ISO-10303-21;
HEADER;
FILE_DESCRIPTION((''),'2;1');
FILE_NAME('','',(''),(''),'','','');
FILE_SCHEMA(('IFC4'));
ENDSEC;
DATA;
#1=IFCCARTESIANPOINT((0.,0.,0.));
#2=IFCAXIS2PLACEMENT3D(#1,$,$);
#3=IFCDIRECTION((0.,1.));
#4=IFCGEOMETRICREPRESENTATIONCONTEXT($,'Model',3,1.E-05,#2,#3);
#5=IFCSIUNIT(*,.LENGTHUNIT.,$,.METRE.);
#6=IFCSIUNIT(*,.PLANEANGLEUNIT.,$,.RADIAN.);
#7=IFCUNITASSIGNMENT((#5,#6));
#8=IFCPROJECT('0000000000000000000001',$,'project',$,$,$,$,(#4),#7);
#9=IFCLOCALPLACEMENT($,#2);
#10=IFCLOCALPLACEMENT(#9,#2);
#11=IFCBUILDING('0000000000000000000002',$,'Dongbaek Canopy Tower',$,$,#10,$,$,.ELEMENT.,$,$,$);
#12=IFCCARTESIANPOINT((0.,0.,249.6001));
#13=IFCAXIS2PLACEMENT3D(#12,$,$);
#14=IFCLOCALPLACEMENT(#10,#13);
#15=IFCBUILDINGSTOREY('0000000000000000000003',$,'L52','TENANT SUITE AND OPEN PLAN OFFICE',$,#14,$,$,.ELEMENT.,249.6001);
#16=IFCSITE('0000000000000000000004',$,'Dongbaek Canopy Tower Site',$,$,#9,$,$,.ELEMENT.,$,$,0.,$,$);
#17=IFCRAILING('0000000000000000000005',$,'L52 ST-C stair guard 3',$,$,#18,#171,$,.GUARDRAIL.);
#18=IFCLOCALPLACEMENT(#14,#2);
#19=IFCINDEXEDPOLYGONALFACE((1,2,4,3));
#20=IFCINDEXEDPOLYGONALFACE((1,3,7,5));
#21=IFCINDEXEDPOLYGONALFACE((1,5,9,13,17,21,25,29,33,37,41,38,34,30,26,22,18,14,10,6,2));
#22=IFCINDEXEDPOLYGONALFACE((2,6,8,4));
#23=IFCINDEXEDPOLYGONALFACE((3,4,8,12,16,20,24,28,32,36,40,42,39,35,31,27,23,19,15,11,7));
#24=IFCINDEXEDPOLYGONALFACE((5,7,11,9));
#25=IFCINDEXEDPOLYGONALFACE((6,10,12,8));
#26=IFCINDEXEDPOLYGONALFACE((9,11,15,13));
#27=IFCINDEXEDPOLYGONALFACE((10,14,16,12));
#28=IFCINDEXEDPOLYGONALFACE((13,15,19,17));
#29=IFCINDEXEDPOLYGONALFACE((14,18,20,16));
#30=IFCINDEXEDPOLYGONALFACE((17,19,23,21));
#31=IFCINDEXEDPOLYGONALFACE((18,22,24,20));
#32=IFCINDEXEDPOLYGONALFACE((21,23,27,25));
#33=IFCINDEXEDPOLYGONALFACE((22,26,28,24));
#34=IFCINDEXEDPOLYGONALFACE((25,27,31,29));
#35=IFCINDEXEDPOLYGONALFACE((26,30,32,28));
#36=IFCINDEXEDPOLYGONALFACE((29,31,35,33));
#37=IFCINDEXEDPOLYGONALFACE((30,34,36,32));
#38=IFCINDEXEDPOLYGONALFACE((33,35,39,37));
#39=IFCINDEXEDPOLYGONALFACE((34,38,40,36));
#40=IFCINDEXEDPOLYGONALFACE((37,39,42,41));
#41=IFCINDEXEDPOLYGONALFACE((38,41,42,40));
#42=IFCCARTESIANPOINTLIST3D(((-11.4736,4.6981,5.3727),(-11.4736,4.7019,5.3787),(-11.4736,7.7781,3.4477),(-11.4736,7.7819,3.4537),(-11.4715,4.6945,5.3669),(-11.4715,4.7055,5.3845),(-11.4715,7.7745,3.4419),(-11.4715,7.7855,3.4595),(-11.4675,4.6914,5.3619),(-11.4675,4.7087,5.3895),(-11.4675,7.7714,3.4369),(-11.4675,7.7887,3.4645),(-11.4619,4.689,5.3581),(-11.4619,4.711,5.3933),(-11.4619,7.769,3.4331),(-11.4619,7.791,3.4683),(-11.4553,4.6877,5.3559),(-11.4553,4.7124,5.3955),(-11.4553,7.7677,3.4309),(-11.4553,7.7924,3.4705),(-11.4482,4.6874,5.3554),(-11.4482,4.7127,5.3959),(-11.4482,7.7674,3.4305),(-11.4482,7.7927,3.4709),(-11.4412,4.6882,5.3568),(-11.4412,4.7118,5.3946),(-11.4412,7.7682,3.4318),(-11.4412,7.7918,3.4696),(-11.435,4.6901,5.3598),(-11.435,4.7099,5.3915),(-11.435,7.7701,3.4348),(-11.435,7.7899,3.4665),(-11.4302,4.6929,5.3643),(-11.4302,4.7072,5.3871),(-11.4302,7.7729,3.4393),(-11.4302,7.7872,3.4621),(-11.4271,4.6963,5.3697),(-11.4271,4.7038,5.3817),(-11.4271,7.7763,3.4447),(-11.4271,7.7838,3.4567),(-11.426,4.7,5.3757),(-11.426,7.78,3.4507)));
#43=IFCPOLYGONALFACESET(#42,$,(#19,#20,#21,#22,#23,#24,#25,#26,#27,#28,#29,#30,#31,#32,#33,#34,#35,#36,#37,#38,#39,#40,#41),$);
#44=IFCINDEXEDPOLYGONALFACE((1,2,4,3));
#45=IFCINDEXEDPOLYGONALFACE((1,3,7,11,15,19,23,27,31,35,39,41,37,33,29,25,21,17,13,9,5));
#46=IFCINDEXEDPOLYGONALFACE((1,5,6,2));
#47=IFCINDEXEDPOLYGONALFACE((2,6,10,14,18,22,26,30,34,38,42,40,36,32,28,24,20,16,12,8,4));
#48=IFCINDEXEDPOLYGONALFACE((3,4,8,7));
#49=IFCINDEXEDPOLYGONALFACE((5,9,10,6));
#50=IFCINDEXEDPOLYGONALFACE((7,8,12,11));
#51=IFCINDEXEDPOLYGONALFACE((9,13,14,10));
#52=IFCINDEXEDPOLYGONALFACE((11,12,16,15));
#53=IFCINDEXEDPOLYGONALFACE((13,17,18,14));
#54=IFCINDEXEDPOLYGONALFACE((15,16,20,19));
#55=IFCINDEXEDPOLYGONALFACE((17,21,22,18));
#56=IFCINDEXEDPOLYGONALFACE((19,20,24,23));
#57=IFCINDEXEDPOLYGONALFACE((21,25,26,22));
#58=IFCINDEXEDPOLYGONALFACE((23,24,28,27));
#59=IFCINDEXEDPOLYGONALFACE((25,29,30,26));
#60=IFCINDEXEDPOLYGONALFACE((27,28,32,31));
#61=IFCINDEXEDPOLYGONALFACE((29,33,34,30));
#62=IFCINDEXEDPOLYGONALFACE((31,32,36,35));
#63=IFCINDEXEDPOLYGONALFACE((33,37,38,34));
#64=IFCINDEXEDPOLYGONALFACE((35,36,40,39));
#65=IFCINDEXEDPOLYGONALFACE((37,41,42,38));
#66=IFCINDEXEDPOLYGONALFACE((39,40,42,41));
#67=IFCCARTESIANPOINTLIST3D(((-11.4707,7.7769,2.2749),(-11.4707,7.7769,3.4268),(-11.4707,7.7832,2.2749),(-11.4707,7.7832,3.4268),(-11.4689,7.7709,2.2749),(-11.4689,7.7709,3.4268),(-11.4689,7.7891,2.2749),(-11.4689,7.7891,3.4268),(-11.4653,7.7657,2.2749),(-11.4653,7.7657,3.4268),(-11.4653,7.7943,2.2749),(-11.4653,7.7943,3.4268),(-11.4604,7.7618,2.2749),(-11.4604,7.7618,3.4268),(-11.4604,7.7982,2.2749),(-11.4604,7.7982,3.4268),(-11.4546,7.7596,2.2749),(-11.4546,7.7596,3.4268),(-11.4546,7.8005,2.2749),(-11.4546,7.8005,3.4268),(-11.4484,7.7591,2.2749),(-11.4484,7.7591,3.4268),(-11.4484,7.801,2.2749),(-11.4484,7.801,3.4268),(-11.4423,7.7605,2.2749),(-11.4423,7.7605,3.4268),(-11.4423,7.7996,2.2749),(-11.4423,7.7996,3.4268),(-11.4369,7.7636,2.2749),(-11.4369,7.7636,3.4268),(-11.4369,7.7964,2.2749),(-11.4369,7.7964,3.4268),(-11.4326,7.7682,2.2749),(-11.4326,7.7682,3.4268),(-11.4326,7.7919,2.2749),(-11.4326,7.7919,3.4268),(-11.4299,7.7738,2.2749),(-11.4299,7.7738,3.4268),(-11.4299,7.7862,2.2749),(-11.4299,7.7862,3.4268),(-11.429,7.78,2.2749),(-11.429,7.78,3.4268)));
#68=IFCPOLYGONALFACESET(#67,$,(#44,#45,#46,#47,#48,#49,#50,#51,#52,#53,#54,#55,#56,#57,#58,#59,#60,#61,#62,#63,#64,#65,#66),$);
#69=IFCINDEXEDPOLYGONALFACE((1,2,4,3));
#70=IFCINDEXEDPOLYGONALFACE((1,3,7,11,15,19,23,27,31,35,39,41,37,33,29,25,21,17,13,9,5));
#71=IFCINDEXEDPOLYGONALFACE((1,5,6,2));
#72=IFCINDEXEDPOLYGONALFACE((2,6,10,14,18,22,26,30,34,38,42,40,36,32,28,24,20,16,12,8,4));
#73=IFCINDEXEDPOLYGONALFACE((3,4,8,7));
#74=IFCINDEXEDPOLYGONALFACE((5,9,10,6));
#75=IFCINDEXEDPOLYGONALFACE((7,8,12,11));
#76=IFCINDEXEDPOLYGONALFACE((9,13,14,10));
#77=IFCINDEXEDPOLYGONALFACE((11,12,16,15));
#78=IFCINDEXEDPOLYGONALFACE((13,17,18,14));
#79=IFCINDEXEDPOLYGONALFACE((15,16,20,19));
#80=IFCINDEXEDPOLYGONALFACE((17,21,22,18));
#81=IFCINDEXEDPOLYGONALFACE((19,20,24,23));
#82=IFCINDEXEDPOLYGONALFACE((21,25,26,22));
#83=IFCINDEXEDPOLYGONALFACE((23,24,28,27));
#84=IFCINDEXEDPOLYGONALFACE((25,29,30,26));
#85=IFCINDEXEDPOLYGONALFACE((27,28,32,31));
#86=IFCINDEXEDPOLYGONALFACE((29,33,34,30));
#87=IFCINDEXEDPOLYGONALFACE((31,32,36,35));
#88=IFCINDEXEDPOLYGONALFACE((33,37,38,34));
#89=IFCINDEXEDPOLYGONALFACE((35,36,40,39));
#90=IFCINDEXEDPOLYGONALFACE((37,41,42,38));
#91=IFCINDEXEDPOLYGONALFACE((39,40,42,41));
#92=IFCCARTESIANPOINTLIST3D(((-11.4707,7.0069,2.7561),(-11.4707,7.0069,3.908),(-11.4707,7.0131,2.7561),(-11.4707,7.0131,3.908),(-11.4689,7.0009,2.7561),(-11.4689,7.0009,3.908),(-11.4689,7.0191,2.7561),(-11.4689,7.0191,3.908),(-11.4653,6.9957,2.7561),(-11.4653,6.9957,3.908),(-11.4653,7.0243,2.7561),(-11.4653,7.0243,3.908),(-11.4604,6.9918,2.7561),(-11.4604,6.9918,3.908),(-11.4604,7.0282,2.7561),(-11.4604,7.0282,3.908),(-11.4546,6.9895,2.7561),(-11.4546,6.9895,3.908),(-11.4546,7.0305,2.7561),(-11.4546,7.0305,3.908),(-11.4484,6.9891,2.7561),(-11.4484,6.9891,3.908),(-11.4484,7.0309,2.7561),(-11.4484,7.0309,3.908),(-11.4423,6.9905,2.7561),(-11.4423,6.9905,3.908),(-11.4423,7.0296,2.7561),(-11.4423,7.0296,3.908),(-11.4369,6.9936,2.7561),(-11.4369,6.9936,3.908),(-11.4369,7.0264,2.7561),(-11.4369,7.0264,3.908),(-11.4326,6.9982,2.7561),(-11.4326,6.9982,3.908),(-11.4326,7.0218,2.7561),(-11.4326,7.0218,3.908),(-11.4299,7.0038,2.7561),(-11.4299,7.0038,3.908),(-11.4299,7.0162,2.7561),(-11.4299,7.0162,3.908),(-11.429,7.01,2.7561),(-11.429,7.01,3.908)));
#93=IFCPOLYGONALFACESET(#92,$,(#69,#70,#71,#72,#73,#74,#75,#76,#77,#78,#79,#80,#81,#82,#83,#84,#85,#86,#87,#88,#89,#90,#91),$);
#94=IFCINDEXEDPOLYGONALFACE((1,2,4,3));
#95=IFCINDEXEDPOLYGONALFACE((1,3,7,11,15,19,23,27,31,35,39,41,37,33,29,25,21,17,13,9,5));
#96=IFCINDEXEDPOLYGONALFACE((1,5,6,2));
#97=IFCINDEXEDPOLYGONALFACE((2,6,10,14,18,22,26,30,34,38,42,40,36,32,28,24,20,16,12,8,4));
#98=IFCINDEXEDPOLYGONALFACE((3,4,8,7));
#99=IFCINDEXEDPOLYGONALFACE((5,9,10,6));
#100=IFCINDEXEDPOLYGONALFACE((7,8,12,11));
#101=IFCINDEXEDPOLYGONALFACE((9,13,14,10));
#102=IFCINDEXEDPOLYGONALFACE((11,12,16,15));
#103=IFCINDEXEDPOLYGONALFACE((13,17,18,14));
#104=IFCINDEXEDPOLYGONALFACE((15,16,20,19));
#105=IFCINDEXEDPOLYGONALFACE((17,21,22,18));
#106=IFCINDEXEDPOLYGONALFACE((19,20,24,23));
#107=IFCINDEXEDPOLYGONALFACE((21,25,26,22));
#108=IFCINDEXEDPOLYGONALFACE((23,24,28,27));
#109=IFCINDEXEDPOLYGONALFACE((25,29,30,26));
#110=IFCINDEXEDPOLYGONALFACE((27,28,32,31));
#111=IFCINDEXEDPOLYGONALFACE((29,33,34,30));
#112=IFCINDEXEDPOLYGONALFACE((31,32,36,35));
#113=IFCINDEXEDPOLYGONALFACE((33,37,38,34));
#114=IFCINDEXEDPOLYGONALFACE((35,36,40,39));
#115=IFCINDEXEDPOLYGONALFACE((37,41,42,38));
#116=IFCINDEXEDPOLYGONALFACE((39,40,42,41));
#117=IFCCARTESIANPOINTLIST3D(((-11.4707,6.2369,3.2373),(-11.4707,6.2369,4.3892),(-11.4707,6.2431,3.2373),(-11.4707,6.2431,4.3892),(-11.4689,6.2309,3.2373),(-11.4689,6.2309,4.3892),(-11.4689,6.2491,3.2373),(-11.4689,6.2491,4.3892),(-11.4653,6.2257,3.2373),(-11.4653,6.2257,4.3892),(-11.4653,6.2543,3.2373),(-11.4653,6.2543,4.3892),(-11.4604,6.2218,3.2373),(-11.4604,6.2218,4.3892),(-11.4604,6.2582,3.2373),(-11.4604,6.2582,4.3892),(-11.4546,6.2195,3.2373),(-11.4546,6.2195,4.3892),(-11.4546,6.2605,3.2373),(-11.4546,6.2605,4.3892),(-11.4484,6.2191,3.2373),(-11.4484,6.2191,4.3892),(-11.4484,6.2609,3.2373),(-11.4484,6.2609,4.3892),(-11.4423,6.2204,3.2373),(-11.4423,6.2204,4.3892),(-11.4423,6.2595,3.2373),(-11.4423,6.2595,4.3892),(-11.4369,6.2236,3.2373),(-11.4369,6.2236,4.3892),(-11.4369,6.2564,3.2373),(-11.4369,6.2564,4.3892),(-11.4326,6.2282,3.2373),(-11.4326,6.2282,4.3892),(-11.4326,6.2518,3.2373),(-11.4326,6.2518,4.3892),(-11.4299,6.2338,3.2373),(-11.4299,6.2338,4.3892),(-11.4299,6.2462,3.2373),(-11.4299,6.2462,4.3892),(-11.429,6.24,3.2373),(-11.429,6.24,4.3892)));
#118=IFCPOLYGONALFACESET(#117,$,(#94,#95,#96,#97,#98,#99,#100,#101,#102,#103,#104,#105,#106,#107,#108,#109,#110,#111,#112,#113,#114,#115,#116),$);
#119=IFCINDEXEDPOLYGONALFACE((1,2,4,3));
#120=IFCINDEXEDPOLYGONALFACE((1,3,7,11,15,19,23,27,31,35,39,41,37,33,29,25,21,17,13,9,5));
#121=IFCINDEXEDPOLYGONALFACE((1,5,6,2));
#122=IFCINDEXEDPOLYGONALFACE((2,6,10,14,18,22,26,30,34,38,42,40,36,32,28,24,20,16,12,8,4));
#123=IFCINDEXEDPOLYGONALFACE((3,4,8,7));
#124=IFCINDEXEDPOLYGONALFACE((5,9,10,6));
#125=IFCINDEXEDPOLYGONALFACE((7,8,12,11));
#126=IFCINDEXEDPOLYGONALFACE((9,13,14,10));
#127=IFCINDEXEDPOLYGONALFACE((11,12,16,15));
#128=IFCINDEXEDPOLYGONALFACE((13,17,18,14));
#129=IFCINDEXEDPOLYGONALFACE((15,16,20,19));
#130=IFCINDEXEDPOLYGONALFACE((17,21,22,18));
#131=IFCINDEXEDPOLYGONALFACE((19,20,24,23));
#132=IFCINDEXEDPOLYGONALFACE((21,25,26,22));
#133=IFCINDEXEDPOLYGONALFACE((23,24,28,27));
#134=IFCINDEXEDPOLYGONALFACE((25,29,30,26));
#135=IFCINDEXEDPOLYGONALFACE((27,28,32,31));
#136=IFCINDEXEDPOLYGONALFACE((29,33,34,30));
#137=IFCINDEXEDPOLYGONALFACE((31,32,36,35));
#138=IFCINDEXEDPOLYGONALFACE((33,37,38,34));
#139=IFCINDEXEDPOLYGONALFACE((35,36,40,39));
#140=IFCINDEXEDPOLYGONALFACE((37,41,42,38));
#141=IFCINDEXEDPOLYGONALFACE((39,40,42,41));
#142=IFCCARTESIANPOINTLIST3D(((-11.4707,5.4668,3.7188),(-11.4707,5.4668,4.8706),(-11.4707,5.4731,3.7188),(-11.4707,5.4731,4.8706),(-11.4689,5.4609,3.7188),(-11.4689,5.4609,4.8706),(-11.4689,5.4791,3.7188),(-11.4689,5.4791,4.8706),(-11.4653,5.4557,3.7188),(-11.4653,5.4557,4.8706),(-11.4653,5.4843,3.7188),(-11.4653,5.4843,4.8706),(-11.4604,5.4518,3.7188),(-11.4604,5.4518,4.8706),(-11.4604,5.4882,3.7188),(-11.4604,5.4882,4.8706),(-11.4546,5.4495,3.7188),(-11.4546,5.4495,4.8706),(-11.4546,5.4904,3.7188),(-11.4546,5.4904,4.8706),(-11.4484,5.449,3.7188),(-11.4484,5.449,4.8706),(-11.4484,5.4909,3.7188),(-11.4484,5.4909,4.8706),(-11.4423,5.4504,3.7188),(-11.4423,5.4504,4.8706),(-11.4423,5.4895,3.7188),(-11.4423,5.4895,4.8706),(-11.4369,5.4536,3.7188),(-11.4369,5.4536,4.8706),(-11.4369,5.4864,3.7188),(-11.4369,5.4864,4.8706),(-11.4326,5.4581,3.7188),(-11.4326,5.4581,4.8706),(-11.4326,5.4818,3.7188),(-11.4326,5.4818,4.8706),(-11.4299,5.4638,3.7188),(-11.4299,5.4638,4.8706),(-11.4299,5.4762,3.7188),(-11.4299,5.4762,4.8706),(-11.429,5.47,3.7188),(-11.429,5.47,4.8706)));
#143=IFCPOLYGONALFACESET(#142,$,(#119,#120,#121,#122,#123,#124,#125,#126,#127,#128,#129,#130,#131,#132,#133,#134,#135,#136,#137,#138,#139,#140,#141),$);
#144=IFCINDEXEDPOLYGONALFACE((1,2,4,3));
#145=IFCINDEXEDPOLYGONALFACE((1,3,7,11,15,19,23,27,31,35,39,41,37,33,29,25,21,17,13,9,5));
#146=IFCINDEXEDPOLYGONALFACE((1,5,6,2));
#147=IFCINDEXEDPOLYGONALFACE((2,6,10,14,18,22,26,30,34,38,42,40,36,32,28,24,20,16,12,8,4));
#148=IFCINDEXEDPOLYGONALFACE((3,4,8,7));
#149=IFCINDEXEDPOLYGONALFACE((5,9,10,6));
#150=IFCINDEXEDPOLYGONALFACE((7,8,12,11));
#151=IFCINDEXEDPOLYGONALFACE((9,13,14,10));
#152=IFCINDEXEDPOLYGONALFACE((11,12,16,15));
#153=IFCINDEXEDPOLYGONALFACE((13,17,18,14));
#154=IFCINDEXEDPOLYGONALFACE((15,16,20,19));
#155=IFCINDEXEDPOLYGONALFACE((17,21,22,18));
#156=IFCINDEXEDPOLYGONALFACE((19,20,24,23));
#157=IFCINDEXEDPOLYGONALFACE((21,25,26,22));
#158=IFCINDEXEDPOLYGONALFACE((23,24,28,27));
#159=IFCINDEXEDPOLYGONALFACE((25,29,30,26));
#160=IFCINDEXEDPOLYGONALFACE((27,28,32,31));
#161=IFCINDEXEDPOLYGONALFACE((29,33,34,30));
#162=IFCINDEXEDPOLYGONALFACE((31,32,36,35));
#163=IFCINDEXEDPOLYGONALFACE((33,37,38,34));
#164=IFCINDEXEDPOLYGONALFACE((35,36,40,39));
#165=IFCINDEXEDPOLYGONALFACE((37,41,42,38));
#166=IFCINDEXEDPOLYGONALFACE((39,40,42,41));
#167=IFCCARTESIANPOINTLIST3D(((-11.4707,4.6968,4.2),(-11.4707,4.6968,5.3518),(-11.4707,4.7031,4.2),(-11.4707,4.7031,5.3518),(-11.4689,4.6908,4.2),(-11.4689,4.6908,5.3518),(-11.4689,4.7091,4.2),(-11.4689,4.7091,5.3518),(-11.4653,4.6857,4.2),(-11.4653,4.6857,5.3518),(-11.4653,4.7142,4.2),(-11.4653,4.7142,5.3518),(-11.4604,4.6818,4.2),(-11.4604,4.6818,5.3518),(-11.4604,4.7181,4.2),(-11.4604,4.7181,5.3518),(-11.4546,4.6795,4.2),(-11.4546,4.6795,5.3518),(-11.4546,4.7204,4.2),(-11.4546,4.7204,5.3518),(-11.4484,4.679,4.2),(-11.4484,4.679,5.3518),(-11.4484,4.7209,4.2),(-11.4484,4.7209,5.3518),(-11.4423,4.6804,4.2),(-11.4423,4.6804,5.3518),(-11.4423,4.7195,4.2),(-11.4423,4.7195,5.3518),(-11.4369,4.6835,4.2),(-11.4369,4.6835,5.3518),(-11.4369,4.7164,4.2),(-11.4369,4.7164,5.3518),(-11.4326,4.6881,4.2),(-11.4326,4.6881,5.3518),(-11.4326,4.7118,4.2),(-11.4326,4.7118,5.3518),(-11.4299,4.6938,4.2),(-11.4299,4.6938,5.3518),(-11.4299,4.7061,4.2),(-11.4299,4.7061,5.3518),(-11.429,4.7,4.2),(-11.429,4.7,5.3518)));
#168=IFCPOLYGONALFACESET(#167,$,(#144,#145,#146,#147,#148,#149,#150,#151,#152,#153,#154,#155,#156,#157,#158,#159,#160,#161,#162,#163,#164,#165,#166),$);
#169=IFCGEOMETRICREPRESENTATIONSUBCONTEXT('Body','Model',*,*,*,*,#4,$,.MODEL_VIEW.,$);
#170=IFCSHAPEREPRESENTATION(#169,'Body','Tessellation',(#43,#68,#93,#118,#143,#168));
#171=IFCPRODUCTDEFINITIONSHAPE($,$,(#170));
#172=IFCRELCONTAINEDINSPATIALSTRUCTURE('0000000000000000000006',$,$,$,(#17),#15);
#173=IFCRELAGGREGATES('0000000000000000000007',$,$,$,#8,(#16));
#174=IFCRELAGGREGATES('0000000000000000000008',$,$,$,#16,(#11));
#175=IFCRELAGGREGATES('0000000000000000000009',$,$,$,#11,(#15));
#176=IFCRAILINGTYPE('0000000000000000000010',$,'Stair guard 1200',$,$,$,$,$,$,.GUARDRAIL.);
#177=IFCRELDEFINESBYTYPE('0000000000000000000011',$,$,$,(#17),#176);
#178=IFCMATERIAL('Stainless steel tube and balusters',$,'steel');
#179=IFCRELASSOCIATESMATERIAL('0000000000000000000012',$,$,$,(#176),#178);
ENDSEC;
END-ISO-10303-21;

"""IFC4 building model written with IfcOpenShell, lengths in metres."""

from ifc_helpers import new_model, si_unit, direction, frame, origin, origin_2d, place, context, subcontext, project, spatial, circle, extrude, material, type_object, element, save


model = new_model("IFC4")

# Units and contexts
model_context = context("Model", 3, precision=1e-05, world=origin(), true_north=direction((0.0, 1.0)))
body_context = subcontext(model_context, "Body", "Model", "MODEL_VIEW")
ifc_project = project(units=[si_unit("LENGTHUNIT", "METRE"), si_unit("PLANEANGLEUNIT", "RADIAN")], contexts=[model_context])

# Site, building, storey
site_placement = place(None, origin())
site = spatial("IfcSite", under=ifc_project, at=site_placement, Name="Dongbaek Canopy Tower Site", CompositionType="ELEMENT", RefElevation=0.0)
building_placement = place(site_placement, origin())
building = spatial("IfcBuilding", under=site, at=building_placement, Name="Dongbaek Canopy Tower", CompositionType="ELEMENT")
storey_placement = place(building_placement, frame((0.0, 0.0, 249.6001)))
storey = spatial("IfcBuildingStorey", under=building, at=storey_placement, Name="L52", Description="TENANT SUITE AND OPEN PLAN OFFICE", CompositionType="ELEMENT", Elevation=249.6001)

# Railing
ifc_material_1 = material(Name="Stainless steel tube and balusters", Category="steel")
railing_type_1 = type_object("IfcRailingType", Name="Stair guard 1200", PredefinedType="GUARDRAIL", material=ifc_material_1)
railing_1_placement = place(storey_placement, frame((-11.45, 7.78, 2.2749)))
element("IfcRailing", 1, at=railing_1_placement, inside=storey, type_object=railing_type_1, Name="L52 ST-C stair guard 3", PredefinedType="GUARDRAIL", context=body_context, shape_type="SweptSolid", body=[
    extrude(circle(Radius=0.0239, at=origin_2d()), frame((0.0, 0.0, 1.1758), z_axis=(0.0, -0.847998, 0.529999), x_axis=(1.0, 0.0, 0.0)), (0.0, 0.0, 1.0), 3.6321),
    extrude(circle(Radius=0.021, at=origin_2d()), origin(), (0.0, 0.0, 1.0), 1.1519),
    extrude(circle(Radius=0.021, at=origin_2d()), frame((0.0, -0.77, 0.4812)), (0.0, 0.0, 1.0), 1.1519),
    extrude(circle(Radius=0.021, at=origin_2d()), frame((0.0, -1.54, 0.9624)), (0.0, 0.0, 1.0), 1.1519),
    extrude(circle(Radius=0.021, at=origin_2d()), frame((0.0, -2.3101, 1.4438)), (0.0, 0.0, 1.0), 1.1519),
    extrude(circle(Radius=0.021, at=origin_2d()), frame((0.0, -3.0801, 1.925)), (0.0, 0.0, 1.0), 1.1519),
])

save(model, "model.ifc")
